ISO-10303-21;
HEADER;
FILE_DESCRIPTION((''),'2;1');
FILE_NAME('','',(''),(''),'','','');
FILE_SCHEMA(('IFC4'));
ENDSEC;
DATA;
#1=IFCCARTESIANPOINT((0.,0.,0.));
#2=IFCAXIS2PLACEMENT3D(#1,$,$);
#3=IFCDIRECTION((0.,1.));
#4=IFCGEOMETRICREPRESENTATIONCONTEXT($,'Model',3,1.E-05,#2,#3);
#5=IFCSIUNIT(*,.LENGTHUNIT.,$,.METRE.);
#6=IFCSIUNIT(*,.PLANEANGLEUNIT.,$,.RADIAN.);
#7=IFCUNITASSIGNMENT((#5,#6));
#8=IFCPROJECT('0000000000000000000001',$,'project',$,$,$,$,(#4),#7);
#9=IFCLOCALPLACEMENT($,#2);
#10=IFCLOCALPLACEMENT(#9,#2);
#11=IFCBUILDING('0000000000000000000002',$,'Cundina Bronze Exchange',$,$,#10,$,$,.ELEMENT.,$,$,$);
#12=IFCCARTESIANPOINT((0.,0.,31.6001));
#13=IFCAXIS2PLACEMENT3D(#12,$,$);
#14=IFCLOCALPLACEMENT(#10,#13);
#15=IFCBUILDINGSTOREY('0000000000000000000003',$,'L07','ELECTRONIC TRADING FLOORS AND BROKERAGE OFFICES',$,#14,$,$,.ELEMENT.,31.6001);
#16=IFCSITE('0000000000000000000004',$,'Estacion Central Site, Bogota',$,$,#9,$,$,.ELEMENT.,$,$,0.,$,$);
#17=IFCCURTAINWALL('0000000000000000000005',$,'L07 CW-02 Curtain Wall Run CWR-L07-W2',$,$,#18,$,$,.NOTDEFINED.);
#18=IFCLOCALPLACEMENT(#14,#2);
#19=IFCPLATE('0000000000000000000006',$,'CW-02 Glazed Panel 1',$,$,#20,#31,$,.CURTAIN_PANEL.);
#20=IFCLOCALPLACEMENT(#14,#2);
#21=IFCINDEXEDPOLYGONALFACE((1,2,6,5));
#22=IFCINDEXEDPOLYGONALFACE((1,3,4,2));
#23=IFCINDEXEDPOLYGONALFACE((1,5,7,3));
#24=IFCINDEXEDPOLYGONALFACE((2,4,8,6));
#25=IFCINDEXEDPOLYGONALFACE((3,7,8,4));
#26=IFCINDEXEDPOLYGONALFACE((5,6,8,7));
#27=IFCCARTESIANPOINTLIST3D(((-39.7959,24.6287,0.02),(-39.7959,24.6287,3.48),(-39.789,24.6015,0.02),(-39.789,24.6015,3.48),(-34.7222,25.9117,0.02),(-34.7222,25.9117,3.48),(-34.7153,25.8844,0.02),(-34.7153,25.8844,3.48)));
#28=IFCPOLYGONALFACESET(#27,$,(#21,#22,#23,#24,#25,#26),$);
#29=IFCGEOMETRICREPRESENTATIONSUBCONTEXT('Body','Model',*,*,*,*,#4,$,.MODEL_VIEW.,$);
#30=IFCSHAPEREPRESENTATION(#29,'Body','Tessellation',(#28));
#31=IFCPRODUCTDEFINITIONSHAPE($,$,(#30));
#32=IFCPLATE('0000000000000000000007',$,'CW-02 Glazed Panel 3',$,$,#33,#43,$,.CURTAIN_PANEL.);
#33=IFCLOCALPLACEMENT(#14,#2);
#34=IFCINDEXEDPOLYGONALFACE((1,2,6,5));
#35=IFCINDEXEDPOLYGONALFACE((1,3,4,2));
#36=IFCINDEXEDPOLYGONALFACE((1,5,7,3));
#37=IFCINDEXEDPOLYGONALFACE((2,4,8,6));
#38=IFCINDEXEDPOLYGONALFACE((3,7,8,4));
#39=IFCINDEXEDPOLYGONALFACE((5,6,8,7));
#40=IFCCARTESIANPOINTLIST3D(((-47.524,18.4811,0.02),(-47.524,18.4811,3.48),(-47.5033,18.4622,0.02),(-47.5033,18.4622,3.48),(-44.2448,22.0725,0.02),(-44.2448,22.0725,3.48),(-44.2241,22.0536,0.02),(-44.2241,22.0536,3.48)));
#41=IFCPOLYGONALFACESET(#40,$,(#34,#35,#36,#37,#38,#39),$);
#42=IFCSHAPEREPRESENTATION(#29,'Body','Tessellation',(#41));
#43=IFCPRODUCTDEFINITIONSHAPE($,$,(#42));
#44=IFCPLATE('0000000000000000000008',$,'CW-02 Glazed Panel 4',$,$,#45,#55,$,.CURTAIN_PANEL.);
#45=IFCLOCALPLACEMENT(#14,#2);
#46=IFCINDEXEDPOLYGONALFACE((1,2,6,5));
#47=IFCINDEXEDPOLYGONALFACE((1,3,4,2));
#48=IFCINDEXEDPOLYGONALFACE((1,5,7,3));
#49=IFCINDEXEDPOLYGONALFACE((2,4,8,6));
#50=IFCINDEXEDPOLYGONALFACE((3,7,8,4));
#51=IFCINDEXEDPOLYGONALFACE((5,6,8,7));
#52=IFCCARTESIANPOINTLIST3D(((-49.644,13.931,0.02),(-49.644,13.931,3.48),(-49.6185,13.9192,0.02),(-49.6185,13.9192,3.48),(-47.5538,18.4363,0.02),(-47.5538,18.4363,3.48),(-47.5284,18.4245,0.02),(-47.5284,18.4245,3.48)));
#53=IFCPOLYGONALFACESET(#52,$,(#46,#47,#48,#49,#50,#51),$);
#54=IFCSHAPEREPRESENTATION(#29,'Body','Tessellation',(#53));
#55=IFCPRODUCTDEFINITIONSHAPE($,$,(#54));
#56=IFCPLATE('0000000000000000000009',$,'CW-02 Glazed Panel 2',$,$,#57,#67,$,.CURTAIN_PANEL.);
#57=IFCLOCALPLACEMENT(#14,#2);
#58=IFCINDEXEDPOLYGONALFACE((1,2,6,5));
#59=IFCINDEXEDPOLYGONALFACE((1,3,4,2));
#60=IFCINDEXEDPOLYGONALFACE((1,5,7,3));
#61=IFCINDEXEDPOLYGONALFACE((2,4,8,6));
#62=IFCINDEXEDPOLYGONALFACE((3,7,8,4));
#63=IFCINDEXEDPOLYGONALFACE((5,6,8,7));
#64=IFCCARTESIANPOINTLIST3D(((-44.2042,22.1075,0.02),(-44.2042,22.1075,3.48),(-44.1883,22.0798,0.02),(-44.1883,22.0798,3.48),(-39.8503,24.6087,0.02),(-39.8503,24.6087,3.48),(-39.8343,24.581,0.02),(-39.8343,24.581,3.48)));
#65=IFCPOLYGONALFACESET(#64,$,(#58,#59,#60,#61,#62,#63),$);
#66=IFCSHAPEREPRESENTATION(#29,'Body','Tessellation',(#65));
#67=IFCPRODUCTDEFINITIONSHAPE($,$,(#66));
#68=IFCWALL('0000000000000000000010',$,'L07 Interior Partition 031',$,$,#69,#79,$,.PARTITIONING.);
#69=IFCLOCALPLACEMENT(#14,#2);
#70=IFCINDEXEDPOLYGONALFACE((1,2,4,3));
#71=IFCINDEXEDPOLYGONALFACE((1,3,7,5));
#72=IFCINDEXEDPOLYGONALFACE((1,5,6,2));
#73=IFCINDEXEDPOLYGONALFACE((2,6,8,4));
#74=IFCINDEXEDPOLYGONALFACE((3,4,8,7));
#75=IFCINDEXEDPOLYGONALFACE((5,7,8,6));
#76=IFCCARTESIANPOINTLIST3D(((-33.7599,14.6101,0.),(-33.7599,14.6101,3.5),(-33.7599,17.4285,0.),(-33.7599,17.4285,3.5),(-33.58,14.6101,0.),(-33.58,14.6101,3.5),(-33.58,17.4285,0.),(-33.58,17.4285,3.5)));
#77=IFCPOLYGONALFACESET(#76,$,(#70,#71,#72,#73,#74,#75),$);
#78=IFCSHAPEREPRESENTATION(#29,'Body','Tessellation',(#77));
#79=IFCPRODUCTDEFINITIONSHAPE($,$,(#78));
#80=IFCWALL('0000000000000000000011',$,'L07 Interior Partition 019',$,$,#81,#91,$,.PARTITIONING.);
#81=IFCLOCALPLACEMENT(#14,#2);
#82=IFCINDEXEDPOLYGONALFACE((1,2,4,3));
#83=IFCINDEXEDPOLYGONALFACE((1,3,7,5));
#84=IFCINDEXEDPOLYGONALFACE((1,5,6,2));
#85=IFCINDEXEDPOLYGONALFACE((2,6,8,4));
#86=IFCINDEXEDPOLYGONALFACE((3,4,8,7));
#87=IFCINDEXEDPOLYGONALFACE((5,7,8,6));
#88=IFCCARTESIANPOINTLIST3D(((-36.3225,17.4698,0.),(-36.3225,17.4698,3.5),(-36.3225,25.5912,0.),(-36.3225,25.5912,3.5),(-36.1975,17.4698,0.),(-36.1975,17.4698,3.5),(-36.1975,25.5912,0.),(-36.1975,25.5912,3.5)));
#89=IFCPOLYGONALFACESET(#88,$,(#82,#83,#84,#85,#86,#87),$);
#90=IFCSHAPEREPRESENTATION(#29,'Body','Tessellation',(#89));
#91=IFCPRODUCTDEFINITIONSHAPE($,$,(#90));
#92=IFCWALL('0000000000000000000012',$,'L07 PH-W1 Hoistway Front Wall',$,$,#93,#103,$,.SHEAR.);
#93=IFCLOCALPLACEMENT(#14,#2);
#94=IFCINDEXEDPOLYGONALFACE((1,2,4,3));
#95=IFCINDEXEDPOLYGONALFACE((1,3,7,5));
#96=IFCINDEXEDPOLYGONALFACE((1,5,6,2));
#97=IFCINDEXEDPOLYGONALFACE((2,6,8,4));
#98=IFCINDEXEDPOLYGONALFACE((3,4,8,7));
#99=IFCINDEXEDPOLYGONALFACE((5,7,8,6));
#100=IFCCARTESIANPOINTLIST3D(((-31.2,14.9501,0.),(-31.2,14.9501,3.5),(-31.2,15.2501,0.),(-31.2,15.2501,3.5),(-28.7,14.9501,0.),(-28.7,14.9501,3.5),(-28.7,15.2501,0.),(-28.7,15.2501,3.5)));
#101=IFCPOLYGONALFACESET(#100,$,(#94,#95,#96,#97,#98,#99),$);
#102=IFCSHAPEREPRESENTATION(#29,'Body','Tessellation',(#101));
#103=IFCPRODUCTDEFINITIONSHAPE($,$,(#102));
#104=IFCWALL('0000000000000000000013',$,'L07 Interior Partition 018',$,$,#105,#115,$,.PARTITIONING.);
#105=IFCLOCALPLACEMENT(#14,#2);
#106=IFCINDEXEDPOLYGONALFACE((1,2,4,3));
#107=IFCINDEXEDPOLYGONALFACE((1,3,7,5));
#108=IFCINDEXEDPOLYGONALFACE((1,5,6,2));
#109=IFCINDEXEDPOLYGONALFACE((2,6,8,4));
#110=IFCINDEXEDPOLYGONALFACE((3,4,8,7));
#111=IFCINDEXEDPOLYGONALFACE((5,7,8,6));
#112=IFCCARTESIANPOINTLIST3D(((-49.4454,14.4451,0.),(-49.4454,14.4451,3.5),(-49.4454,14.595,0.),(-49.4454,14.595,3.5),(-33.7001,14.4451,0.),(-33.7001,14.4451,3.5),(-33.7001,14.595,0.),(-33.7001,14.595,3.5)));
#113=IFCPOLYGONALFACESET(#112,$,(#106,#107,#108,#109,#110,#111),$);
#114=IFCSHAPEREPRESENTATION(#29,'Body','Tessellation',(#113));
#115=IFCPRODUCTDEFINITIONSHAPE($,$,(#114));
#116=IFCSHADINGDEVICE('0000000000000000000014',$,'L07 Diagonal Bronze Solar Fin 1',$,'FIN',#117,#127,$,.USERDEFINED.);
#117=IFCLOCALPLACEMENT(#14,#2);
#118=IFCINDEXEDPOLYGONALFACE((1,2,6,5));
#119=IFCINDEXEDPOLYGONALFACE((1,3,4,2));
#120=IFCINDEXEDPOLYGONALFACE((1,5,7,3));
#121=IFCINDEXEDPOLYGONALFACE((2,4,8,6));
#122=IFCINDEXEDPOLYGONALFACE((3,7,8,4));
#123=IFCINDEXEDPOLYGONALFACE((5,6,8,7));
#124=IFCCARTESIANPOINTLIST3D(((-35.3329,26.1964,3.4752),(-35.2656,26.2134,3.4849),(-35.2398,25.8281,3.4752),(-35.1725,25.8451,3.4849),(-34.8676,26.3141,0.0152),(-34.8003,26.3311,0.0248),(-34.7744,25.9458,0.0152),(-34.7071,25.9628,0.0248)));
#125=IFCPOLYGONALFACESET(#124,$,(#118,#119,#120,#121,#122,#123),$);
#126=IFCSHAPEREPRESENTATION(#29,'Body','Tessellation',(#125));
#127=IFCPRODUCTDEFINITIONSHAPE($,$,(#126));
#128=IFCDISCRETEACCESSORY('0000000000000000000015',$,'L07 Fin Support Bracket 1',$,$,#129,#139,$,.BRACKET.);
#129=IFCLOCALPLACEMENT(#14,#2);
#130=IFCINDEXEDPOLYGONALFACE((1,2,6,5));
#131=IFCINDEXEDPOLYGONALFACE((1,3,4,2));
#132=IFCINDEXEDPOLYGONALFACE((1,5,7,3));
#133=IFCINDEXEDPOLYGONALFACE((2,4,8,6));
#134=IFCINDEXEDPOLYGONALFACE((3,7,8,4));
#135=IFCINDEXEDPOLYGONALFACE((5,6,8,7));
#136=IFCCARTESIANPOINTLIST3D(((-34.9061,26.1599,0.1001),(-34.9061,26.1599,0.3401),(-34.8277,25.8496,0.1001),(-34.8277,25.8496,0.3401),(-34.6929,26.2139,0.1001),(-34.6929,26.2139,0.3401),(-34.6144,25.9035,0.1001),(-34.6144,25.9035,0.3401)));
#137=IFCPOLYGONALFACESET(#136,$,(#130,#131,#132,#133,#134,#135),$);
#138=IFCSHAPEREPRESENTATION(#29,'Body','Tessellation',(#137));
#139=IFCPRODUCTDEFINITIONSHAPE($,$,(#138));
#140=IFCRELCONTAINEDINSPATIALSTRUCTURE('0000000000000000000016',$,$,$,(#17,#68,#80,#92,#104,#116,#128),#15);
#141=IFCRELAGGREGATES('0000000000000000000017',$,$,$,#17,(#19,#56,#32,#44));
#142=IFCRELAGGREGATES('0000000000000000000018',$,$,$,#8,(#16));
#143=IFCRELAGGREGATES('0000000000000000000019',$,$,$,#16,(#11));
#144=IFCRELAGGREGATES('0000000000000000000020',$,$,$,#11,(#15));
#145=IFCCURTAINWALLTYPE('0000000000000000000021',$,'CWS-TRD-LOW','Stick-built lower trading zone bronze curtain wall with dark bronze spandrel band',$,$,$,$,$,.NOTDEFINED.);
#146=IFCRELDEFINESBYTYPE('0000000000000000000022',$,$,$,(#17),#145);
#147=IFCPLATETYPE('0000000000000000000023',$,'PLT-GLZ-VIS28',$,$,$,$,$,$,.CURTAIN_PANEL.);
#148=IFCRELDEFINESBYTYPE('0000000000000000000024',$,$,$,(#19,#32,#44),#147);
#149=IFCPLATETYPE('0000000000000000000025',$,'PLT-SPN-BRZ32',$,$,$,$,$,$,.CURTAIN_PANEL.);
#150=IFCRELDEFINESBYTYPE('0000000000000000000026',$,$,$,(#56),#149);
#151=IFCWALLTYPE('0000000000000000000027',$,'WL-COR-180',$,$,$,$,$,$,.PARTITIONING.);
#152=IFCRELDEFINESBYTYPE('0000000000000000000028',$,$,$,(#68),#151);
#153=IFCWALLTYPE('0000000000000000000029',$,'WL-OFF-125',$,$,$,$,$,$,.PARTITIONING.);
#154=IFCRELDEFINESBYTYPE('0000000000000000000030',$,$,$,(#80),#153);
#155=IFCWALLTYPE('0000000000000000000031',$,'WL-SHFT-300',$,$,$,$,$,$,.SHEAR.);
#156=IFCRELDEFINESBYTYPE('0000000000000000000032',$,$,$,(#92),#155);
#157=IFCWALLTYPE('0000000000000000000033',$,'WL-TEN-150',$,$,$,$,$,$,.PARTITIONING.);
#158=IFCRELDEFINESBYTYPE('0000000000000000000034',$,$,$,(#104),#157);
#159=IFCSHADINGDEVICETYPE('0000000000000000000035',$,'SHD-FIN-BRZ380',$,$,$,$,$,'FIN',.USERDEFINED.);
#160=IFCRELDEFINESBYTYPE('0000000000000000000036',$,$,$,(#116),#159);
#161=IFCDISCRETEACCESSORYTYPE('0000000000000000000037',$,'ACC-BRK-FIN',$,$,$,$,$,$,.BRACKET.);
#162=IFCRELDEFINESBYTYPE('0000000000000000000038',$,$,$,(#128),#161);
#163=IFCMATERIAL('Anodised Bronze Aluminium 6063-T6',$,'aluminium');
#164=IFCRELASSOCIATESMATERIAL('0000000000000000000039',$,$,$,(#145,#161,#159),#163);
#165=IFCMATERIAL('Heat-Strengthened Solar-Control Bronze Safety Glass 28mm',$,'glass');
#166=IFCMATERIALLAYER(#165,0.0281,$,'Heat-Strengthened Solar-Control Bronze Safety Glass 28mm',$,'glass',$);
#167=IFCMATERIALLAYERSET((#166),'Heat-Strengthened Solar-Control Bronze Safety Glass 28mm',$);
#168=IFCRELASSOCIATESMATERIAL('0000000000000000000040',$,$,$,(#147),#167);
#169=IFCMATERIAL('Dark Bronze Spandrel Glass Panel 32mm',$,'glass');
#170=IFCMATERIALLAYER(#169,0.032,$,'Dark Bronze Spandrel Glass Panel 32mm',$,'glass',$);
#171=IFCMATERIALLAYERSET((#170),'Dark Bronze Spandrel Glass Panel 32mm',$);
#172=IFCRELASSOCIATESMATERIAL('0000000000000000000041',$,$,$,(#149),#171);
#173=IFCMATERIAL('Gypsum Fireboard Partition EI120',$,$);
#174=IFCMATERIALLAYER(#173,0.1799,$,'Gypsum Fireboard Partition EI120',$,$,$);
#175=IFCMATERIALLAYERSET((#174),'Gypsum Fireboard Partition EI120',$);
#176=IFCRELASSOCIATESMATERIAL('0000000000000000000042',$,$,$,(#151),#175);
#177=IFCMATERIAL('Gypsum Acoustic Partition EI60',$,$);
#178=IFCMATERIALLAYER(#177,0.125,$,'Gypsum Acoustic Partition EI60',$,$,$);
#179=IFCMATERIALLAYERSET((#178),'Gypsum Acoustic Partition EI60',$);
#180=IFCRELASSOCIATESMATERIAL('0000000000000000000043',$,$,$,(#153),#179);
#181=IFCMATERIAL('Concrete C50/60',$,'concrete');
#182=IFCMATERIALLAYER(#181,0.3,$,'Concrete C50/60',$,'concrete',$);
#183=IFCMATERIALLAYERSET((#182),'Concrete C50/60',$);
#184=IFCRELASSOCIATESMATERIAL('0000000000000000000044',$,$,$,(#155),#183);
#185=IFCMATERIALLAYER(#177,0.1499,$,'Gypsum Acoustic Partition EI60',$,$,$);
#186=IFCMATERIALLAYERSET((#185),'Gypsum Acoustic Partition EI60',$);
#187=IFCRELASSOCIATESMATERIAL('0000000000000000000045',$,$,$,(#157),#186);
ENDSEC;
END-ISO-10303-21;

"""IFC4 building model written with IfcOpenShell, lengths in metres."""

from ifc_helpers import new_model, si_unit, direction, frame, frame_2d, origin, origin_2d, place, context, subcontext, project, spatial, rectangle, extrude, material, layer, layer_set, material_profile, profile_set, type_object, element, aggregate, save


model = new_model("IFC4")

# Units and contexts
model_context = context("Model", 3, precision=1e-05, world=origin(), true_north=direction((0.0, 1.0)))
body_context = subcontext(model_context, "Body", "Model", "MODEL_VIEW")
ifc_project = project(units=[si_unit("LENGTHUNIT", "METRE"), si_unit("PLANEANGLEUNIT", "RADIAN")], contexts=[model_context])

# Site, building, storey
site_placement = place(None, origin())
site = spatial("IfcSite", under=ifc_project, at=site_placement, Name="Estacion Central Site, Bogota", CompositionType="ELEMENT", RefElevation=0.0)
building_placement = place(site_placement, origin())
building = spatial("IfcBuilding", under=site, at=building_placement, Name="Cundina Bronze Exchange", CompositionType="ELEMENT")
storey_placement = place(building_placement, frame((0.0, 0.0, 31.6001)))
storey = spatial("IfcBuildingStorey", under=building, at=storey_placement, Name="L07", Description="ELECTRONIC TRADING FLOORS AND BROKERAGE OFFICES", CompositionType="ELEMENT", Elevation=31.6001)

# Curtain wall
ifc_material_1 = material(Name="Anodised Bronze Aluminium 6063-T6", Category="aluminium")
curtain_wall_type = type_object("IfcCurtainWallType", Name="CWS-TRD-LOW", Description="Stick-built lower trading zone bronze curtain wall with dark bronze spandrel band", PredefinedType="NOTDEFINED", material=ifc_material_1)
curtain_wall_1_placement = place(storey_placement, origin())
curtain_wall_1 = element("IfcCurtainWall", 1, at=curtain_wall_1_placement, inside=storey, type_object=curtain_wall_type, Name="L07 CW-02 Curtain Wall Run CWR-L07-W2", PredefinedType="NOTDEFINED")

# Plates
ifc_material_2 = material(Name="Heat-Strengthened Solar-Control Bronze Safety Glass 28mm", Category="glass")
ifc_layer_1 = layer(ifc_material_2, 0.0281, Name="Heat-Strengthened Solar-Control Bronze Safety Glass 28mm", Category="glass")
ifc_layer_set_1 = layer_set([ifc_layer_1], Name="Heat-Strengthened Solar-Control Bronze Safety Glass 28mm")
plate_type_1 = type_object("IfcPlateType", Name="PLT-GLZ-VIS28", PredefinedType="CURTAIN_PANEL", material=ifc_layer_set_1)
plate_1_placement = place(storey_placement, frame((-37.2556, 25.2566, 0.02), z_axis=(0.0, 0.0, 1.0), x_axis=(-0.969488, -0.245138, 0.0)))
plate_1 = element("IfcPlate", 2, at=plate_1_placement, type_object=plate_type_1, Name="CW-02 Glazed Panel 1", PredefinedType="CURTAIN_PANEL", context=body_context, shape_type="SweptSolid", body=[
    extrude(rectangle(XDim=5.2334, YDim=0.0281, at=origin_2d()), origin(), (0.0, 0.0, 1.0), 3.46),
])
plate_2_placement = place(storey_placement, frame((-45.874, 20.2673, 0.02), z_axis=(0.0, 0.0, 1.0), x_axis=(-0.674277, -0.738479, 0.0)))
plate_2 = element("IfcPlate", 3, at=plate_2_placement, type_object=plate_type_1, Name="CW-02 Glazed Panel 3", PredefinedType="CURTAIN_PANEL", context=body_context, shape_type="SweptSolid", body=[
    extrude(rectangle(XDim=4.8633, YDim=0.0281, at=origin_2d()), origin(), (0.0, 0.0, 1.0), 3.46),
])
plate_3_placement = place(storey_placement, frame((-48.5862, 16.1777, 0.02), z_axis=(0.0, 0.0, 1.0), x_axis=(-0.420846, -0.907132, 0.0)))
plate_3 = element("IfcPlate", 4, at=plate_3_placement, type_object=plate_type_1, Name="CW-02 Glazed Panel 4", PredefinedType="CURTAIN_PANEL", context=body_context, shape_type="SweptSolid", body=[
    extrude(rectangle(XDim=4.9666, YDim=0.0281, at=origin_2d()), origin(), (0.0, 0.0, 1.0), 3.46),
])
ifc_material_3 = material(Name="Dark Bronze Spandrel Glass Panel 32mm", Category="glass")
ifc_layer_2 = layer(ifc_material_3, 0.032, Name="Dark Bronze Spandrel Glass Panel 32mm", Category="glass")
ifc_layer_set_2 = layer_set([ifc_layer_2], Name="Dark Bronze Spandrel Glass Panel 32mm")
plate_type_2 = type_object("IfcPlateType", Name="PLT-SPN-BRZ32", PredefinedType="CURTAIN_PANEL", material=ifc_layer_set_2)
plate_4_placement = place(storey_placement, frame((-42.0193, 23.3442, 0.02), z_axis=(0.0, 0.0, 1.0), x_axis=(-0.867105, -0.498125, 0.0)))
plate_4 = element("IfcPlate", 5, at=plate_4_placement, type_object=plate_type_2, Name="CW-02 Glazed Panel 2", PredefinedType="CURTAIN_PANEL", context=body_context, shape_type="SweptSolid", body=[
    extrude(rectangle(XDim=5.0212, YDim=0.032, at=origin_2d()), origin(), (0.0, 0.0, 1.0), 3.46),
])
aggregate(curtain_wall_1, [plate_1, plate_4, plate_2, plate_3])

# Walls
ifc_material_4 = material(Name="Gypsum Fireboard Partition EI120")
ifc_layer_3 = layer(ifc_material_4, 0.1799, Name="Gypsum Fireboard Partition EI120")
ifc_layer_set_3 = layer_set([ifc_layer_3], Name="Gypsum Fireboard Partition EI120")
wall_type_1 = type_object("IfcWallType", Name="WL-COR-180", PredefinedType="PARTITIONING", material=ifc_layer_set_3)
wall_1_placement = place(storey_placement, frame((-33.6699, 17.4285, 0.0), z_axis=(0.0, 0.0, 1.0), x_axis=(0.0, -1.0, 0.0)))
element("IfcWall", 6, at=wall_1_placement, inside=storey, type_object=wall_type_1, Name="L07 Interior Partition 031", PredefinedType="PARTITIONING", context=body_context, shape_type="SweptSolid", body=[
    extrude(rectangle(XDim=2.8184, YDim=0.1799, at=frame_2d((1.4092, 0.0))), origin(), (0.0, 0.0, 1.0), 3.5),
])
ifc_material_5 = material(Name="Gypsum Acoustic Partition EI60")
ifc_layer_4 = layer(ifc_material_5, 0.125, Name="Gypsum Acoustic Partition EI60")
ifc_layer_set_4 = layer_set([ifc_layer_4], Name="Gypsum Acoustic Partition EI60")
wall_type_2 = type_object("IfcWallType", Name="WL-OFF-125", PredefinedType="PARTITIONING", material=ifc_layer_set_4)
wall_2_placement = place(storey_placement, frame((-36.26, 17.47, 0.0), z_axis=(0.0, 0.0, 1.0), x_axis=(0.0, 1.0, 0.0)))
element("IfcWall", 7, at=wall_2_placement, inside=storey, type_object=wall_type_2, Name="L07 Interior Partition 019", PredefinedType="PARTITIONING", context=body_context, shape_type="SweptSolid", body=[
    extrude(rectangle(XDim=8.1213, YDim=0.125, at=frame_2d((4.0605, 0.0))), origin(), (0.0, 0.0, 1.0), 3.5),
])
ifc_material_6 = material(Name="Concrete C50/60", Category="concrete")
ifc_layer_5 = layer(ifc_material_6, 0.3, Name="Concrete C50/60", Category="concrete")
ifc_layer_set_5 = layer_set([ifc_layer_5], Name="Concrete C50/60")
wall_type_3 = type_object("IfcWallType", Name="WL-SHFT-300", PredefinedType="SHEAR", material=ifc_layer_set_5)
wall_3_placement = place(storey_placement, frame((-31.2, 15.1001, 0.0), z_axis=(0.0, 0.0, 1.0), x_axis=(1.0, 0.0, 0.0)))
element("IfcWall", 8, at=wall_3_placement, inside=storey, type_object=wall_type_3, Name="L07 PH-W1 Hoistway Front Wall", PredefinedType="SHEAR", context=body_context, shape_type="SweptSolid", body=[
    extrude(rectangle(XDim=2.5, YDim=0.3, at=frame_2d((1.25, 0.0))), origin(), (0.0, 0.0, 1.0), 3.5),
])
ifc_layer_6 = layer(ifc_material_5, 0.1499, Name="Gypsum Acoustic Partition EI60")
ifc_layer_set_6 = layer_set([ifc_layer_6], Name="Gypsum Acoustic Partition EI60")
wall_type_4 = type_object("IfcWallType", Name="WL-TEN-150", PredefinedType="PARTITIONING", material=ifc_layer_set_6)
wall_4_placement = place(storey_placement, frame((-49.4453, 14.52, 0.0), z_axis=(0.0, 0.0, 1.0), x_axis=(1.0, 0.0, 0.0)))
element("IfcWall", 9, at=wall_4_placement, inside=storey, type_object=wall_type_4, Name="L07 Interior Partition 018", PredefinedType="PARTITIONING", context=body_context, shape_type="SweptSolid", body=[
    extrude(rectangle(XDim=15.7454, YDim=0.1499, at=frame_2d((7.8726, 0.0))), origin(), (0.0, 0.0, 1.0), 3.5),
])

# Shading device
ifc_material_profile_1 = material_profile(ifc_material_1, rectangle(XDim=0.0701, YDim=0.3799, at=origin_2d()), Name="FIN70X380", Category="aluminium")
ifc_profile_set_1 = profile_set([ifc_material_profile_1], Name="Anodised Bronze Aluminium 6063-T6")
shading_device_type = type_object("IfcShadingDeviceType", Name="SHD-FIN-BRZ380", ElementType="FIN", PredefinedType="USERDEFINED", material=ifc_profile_set_1)
shading_device_placement = place(storey_placement, frame((-34.7874, 26.1384, 0.02), z_axis=(-0.133215, -0.033688, 0.990514), x_axis=(0.960285, 0.242842, 0.137408)))
element("IfcShadingDevice", 10, at=shading_device_placement, inside=storey, type_object=shading_device_type, Name="L07 Diagonal Bronze Solar Fin 1", ObjectType="FIN", PredefinedType="USERDEFINED", context=body_context, shape_type="SweptSolid", body=[
    extrude(rectangle(XDim=0.0701, YDim=0.3799, at=origin_2d()), origin(), (0.0, 0.0, 1.0), 3.4932),
])

# Discrete accessory
discrete_accessory_type = type_object("IfcDiscreteAccessoryType", Name="ACC-BRK-FIN", PredefinedType="BRACKET", material=ifc_material_1)
discrete_accessory_placement = place(storey_placement, frame((-34.7603, 26.0317, 0.1001), z_axis=(0.0, 0.0, 1.0), x_axis=(-0.969488, -0.245138, 0.0)))
element("IfcDiscreteAccessory", 11, at=discrete_accessory_placement, inside=storey, type_object=discrete_accessory_type, Name="L07 Fin Support Bracket 1", PredefinedType="BRACKET", context=body_context, shape_type="SweptSolid", body=[
    extrude(rectangle(XDim=0.22, YDim=0.3201, at=origin_2d()), origin(), (0.0, 0.0, 1.0), 0.24),
])

save(model, "model.ifc")
